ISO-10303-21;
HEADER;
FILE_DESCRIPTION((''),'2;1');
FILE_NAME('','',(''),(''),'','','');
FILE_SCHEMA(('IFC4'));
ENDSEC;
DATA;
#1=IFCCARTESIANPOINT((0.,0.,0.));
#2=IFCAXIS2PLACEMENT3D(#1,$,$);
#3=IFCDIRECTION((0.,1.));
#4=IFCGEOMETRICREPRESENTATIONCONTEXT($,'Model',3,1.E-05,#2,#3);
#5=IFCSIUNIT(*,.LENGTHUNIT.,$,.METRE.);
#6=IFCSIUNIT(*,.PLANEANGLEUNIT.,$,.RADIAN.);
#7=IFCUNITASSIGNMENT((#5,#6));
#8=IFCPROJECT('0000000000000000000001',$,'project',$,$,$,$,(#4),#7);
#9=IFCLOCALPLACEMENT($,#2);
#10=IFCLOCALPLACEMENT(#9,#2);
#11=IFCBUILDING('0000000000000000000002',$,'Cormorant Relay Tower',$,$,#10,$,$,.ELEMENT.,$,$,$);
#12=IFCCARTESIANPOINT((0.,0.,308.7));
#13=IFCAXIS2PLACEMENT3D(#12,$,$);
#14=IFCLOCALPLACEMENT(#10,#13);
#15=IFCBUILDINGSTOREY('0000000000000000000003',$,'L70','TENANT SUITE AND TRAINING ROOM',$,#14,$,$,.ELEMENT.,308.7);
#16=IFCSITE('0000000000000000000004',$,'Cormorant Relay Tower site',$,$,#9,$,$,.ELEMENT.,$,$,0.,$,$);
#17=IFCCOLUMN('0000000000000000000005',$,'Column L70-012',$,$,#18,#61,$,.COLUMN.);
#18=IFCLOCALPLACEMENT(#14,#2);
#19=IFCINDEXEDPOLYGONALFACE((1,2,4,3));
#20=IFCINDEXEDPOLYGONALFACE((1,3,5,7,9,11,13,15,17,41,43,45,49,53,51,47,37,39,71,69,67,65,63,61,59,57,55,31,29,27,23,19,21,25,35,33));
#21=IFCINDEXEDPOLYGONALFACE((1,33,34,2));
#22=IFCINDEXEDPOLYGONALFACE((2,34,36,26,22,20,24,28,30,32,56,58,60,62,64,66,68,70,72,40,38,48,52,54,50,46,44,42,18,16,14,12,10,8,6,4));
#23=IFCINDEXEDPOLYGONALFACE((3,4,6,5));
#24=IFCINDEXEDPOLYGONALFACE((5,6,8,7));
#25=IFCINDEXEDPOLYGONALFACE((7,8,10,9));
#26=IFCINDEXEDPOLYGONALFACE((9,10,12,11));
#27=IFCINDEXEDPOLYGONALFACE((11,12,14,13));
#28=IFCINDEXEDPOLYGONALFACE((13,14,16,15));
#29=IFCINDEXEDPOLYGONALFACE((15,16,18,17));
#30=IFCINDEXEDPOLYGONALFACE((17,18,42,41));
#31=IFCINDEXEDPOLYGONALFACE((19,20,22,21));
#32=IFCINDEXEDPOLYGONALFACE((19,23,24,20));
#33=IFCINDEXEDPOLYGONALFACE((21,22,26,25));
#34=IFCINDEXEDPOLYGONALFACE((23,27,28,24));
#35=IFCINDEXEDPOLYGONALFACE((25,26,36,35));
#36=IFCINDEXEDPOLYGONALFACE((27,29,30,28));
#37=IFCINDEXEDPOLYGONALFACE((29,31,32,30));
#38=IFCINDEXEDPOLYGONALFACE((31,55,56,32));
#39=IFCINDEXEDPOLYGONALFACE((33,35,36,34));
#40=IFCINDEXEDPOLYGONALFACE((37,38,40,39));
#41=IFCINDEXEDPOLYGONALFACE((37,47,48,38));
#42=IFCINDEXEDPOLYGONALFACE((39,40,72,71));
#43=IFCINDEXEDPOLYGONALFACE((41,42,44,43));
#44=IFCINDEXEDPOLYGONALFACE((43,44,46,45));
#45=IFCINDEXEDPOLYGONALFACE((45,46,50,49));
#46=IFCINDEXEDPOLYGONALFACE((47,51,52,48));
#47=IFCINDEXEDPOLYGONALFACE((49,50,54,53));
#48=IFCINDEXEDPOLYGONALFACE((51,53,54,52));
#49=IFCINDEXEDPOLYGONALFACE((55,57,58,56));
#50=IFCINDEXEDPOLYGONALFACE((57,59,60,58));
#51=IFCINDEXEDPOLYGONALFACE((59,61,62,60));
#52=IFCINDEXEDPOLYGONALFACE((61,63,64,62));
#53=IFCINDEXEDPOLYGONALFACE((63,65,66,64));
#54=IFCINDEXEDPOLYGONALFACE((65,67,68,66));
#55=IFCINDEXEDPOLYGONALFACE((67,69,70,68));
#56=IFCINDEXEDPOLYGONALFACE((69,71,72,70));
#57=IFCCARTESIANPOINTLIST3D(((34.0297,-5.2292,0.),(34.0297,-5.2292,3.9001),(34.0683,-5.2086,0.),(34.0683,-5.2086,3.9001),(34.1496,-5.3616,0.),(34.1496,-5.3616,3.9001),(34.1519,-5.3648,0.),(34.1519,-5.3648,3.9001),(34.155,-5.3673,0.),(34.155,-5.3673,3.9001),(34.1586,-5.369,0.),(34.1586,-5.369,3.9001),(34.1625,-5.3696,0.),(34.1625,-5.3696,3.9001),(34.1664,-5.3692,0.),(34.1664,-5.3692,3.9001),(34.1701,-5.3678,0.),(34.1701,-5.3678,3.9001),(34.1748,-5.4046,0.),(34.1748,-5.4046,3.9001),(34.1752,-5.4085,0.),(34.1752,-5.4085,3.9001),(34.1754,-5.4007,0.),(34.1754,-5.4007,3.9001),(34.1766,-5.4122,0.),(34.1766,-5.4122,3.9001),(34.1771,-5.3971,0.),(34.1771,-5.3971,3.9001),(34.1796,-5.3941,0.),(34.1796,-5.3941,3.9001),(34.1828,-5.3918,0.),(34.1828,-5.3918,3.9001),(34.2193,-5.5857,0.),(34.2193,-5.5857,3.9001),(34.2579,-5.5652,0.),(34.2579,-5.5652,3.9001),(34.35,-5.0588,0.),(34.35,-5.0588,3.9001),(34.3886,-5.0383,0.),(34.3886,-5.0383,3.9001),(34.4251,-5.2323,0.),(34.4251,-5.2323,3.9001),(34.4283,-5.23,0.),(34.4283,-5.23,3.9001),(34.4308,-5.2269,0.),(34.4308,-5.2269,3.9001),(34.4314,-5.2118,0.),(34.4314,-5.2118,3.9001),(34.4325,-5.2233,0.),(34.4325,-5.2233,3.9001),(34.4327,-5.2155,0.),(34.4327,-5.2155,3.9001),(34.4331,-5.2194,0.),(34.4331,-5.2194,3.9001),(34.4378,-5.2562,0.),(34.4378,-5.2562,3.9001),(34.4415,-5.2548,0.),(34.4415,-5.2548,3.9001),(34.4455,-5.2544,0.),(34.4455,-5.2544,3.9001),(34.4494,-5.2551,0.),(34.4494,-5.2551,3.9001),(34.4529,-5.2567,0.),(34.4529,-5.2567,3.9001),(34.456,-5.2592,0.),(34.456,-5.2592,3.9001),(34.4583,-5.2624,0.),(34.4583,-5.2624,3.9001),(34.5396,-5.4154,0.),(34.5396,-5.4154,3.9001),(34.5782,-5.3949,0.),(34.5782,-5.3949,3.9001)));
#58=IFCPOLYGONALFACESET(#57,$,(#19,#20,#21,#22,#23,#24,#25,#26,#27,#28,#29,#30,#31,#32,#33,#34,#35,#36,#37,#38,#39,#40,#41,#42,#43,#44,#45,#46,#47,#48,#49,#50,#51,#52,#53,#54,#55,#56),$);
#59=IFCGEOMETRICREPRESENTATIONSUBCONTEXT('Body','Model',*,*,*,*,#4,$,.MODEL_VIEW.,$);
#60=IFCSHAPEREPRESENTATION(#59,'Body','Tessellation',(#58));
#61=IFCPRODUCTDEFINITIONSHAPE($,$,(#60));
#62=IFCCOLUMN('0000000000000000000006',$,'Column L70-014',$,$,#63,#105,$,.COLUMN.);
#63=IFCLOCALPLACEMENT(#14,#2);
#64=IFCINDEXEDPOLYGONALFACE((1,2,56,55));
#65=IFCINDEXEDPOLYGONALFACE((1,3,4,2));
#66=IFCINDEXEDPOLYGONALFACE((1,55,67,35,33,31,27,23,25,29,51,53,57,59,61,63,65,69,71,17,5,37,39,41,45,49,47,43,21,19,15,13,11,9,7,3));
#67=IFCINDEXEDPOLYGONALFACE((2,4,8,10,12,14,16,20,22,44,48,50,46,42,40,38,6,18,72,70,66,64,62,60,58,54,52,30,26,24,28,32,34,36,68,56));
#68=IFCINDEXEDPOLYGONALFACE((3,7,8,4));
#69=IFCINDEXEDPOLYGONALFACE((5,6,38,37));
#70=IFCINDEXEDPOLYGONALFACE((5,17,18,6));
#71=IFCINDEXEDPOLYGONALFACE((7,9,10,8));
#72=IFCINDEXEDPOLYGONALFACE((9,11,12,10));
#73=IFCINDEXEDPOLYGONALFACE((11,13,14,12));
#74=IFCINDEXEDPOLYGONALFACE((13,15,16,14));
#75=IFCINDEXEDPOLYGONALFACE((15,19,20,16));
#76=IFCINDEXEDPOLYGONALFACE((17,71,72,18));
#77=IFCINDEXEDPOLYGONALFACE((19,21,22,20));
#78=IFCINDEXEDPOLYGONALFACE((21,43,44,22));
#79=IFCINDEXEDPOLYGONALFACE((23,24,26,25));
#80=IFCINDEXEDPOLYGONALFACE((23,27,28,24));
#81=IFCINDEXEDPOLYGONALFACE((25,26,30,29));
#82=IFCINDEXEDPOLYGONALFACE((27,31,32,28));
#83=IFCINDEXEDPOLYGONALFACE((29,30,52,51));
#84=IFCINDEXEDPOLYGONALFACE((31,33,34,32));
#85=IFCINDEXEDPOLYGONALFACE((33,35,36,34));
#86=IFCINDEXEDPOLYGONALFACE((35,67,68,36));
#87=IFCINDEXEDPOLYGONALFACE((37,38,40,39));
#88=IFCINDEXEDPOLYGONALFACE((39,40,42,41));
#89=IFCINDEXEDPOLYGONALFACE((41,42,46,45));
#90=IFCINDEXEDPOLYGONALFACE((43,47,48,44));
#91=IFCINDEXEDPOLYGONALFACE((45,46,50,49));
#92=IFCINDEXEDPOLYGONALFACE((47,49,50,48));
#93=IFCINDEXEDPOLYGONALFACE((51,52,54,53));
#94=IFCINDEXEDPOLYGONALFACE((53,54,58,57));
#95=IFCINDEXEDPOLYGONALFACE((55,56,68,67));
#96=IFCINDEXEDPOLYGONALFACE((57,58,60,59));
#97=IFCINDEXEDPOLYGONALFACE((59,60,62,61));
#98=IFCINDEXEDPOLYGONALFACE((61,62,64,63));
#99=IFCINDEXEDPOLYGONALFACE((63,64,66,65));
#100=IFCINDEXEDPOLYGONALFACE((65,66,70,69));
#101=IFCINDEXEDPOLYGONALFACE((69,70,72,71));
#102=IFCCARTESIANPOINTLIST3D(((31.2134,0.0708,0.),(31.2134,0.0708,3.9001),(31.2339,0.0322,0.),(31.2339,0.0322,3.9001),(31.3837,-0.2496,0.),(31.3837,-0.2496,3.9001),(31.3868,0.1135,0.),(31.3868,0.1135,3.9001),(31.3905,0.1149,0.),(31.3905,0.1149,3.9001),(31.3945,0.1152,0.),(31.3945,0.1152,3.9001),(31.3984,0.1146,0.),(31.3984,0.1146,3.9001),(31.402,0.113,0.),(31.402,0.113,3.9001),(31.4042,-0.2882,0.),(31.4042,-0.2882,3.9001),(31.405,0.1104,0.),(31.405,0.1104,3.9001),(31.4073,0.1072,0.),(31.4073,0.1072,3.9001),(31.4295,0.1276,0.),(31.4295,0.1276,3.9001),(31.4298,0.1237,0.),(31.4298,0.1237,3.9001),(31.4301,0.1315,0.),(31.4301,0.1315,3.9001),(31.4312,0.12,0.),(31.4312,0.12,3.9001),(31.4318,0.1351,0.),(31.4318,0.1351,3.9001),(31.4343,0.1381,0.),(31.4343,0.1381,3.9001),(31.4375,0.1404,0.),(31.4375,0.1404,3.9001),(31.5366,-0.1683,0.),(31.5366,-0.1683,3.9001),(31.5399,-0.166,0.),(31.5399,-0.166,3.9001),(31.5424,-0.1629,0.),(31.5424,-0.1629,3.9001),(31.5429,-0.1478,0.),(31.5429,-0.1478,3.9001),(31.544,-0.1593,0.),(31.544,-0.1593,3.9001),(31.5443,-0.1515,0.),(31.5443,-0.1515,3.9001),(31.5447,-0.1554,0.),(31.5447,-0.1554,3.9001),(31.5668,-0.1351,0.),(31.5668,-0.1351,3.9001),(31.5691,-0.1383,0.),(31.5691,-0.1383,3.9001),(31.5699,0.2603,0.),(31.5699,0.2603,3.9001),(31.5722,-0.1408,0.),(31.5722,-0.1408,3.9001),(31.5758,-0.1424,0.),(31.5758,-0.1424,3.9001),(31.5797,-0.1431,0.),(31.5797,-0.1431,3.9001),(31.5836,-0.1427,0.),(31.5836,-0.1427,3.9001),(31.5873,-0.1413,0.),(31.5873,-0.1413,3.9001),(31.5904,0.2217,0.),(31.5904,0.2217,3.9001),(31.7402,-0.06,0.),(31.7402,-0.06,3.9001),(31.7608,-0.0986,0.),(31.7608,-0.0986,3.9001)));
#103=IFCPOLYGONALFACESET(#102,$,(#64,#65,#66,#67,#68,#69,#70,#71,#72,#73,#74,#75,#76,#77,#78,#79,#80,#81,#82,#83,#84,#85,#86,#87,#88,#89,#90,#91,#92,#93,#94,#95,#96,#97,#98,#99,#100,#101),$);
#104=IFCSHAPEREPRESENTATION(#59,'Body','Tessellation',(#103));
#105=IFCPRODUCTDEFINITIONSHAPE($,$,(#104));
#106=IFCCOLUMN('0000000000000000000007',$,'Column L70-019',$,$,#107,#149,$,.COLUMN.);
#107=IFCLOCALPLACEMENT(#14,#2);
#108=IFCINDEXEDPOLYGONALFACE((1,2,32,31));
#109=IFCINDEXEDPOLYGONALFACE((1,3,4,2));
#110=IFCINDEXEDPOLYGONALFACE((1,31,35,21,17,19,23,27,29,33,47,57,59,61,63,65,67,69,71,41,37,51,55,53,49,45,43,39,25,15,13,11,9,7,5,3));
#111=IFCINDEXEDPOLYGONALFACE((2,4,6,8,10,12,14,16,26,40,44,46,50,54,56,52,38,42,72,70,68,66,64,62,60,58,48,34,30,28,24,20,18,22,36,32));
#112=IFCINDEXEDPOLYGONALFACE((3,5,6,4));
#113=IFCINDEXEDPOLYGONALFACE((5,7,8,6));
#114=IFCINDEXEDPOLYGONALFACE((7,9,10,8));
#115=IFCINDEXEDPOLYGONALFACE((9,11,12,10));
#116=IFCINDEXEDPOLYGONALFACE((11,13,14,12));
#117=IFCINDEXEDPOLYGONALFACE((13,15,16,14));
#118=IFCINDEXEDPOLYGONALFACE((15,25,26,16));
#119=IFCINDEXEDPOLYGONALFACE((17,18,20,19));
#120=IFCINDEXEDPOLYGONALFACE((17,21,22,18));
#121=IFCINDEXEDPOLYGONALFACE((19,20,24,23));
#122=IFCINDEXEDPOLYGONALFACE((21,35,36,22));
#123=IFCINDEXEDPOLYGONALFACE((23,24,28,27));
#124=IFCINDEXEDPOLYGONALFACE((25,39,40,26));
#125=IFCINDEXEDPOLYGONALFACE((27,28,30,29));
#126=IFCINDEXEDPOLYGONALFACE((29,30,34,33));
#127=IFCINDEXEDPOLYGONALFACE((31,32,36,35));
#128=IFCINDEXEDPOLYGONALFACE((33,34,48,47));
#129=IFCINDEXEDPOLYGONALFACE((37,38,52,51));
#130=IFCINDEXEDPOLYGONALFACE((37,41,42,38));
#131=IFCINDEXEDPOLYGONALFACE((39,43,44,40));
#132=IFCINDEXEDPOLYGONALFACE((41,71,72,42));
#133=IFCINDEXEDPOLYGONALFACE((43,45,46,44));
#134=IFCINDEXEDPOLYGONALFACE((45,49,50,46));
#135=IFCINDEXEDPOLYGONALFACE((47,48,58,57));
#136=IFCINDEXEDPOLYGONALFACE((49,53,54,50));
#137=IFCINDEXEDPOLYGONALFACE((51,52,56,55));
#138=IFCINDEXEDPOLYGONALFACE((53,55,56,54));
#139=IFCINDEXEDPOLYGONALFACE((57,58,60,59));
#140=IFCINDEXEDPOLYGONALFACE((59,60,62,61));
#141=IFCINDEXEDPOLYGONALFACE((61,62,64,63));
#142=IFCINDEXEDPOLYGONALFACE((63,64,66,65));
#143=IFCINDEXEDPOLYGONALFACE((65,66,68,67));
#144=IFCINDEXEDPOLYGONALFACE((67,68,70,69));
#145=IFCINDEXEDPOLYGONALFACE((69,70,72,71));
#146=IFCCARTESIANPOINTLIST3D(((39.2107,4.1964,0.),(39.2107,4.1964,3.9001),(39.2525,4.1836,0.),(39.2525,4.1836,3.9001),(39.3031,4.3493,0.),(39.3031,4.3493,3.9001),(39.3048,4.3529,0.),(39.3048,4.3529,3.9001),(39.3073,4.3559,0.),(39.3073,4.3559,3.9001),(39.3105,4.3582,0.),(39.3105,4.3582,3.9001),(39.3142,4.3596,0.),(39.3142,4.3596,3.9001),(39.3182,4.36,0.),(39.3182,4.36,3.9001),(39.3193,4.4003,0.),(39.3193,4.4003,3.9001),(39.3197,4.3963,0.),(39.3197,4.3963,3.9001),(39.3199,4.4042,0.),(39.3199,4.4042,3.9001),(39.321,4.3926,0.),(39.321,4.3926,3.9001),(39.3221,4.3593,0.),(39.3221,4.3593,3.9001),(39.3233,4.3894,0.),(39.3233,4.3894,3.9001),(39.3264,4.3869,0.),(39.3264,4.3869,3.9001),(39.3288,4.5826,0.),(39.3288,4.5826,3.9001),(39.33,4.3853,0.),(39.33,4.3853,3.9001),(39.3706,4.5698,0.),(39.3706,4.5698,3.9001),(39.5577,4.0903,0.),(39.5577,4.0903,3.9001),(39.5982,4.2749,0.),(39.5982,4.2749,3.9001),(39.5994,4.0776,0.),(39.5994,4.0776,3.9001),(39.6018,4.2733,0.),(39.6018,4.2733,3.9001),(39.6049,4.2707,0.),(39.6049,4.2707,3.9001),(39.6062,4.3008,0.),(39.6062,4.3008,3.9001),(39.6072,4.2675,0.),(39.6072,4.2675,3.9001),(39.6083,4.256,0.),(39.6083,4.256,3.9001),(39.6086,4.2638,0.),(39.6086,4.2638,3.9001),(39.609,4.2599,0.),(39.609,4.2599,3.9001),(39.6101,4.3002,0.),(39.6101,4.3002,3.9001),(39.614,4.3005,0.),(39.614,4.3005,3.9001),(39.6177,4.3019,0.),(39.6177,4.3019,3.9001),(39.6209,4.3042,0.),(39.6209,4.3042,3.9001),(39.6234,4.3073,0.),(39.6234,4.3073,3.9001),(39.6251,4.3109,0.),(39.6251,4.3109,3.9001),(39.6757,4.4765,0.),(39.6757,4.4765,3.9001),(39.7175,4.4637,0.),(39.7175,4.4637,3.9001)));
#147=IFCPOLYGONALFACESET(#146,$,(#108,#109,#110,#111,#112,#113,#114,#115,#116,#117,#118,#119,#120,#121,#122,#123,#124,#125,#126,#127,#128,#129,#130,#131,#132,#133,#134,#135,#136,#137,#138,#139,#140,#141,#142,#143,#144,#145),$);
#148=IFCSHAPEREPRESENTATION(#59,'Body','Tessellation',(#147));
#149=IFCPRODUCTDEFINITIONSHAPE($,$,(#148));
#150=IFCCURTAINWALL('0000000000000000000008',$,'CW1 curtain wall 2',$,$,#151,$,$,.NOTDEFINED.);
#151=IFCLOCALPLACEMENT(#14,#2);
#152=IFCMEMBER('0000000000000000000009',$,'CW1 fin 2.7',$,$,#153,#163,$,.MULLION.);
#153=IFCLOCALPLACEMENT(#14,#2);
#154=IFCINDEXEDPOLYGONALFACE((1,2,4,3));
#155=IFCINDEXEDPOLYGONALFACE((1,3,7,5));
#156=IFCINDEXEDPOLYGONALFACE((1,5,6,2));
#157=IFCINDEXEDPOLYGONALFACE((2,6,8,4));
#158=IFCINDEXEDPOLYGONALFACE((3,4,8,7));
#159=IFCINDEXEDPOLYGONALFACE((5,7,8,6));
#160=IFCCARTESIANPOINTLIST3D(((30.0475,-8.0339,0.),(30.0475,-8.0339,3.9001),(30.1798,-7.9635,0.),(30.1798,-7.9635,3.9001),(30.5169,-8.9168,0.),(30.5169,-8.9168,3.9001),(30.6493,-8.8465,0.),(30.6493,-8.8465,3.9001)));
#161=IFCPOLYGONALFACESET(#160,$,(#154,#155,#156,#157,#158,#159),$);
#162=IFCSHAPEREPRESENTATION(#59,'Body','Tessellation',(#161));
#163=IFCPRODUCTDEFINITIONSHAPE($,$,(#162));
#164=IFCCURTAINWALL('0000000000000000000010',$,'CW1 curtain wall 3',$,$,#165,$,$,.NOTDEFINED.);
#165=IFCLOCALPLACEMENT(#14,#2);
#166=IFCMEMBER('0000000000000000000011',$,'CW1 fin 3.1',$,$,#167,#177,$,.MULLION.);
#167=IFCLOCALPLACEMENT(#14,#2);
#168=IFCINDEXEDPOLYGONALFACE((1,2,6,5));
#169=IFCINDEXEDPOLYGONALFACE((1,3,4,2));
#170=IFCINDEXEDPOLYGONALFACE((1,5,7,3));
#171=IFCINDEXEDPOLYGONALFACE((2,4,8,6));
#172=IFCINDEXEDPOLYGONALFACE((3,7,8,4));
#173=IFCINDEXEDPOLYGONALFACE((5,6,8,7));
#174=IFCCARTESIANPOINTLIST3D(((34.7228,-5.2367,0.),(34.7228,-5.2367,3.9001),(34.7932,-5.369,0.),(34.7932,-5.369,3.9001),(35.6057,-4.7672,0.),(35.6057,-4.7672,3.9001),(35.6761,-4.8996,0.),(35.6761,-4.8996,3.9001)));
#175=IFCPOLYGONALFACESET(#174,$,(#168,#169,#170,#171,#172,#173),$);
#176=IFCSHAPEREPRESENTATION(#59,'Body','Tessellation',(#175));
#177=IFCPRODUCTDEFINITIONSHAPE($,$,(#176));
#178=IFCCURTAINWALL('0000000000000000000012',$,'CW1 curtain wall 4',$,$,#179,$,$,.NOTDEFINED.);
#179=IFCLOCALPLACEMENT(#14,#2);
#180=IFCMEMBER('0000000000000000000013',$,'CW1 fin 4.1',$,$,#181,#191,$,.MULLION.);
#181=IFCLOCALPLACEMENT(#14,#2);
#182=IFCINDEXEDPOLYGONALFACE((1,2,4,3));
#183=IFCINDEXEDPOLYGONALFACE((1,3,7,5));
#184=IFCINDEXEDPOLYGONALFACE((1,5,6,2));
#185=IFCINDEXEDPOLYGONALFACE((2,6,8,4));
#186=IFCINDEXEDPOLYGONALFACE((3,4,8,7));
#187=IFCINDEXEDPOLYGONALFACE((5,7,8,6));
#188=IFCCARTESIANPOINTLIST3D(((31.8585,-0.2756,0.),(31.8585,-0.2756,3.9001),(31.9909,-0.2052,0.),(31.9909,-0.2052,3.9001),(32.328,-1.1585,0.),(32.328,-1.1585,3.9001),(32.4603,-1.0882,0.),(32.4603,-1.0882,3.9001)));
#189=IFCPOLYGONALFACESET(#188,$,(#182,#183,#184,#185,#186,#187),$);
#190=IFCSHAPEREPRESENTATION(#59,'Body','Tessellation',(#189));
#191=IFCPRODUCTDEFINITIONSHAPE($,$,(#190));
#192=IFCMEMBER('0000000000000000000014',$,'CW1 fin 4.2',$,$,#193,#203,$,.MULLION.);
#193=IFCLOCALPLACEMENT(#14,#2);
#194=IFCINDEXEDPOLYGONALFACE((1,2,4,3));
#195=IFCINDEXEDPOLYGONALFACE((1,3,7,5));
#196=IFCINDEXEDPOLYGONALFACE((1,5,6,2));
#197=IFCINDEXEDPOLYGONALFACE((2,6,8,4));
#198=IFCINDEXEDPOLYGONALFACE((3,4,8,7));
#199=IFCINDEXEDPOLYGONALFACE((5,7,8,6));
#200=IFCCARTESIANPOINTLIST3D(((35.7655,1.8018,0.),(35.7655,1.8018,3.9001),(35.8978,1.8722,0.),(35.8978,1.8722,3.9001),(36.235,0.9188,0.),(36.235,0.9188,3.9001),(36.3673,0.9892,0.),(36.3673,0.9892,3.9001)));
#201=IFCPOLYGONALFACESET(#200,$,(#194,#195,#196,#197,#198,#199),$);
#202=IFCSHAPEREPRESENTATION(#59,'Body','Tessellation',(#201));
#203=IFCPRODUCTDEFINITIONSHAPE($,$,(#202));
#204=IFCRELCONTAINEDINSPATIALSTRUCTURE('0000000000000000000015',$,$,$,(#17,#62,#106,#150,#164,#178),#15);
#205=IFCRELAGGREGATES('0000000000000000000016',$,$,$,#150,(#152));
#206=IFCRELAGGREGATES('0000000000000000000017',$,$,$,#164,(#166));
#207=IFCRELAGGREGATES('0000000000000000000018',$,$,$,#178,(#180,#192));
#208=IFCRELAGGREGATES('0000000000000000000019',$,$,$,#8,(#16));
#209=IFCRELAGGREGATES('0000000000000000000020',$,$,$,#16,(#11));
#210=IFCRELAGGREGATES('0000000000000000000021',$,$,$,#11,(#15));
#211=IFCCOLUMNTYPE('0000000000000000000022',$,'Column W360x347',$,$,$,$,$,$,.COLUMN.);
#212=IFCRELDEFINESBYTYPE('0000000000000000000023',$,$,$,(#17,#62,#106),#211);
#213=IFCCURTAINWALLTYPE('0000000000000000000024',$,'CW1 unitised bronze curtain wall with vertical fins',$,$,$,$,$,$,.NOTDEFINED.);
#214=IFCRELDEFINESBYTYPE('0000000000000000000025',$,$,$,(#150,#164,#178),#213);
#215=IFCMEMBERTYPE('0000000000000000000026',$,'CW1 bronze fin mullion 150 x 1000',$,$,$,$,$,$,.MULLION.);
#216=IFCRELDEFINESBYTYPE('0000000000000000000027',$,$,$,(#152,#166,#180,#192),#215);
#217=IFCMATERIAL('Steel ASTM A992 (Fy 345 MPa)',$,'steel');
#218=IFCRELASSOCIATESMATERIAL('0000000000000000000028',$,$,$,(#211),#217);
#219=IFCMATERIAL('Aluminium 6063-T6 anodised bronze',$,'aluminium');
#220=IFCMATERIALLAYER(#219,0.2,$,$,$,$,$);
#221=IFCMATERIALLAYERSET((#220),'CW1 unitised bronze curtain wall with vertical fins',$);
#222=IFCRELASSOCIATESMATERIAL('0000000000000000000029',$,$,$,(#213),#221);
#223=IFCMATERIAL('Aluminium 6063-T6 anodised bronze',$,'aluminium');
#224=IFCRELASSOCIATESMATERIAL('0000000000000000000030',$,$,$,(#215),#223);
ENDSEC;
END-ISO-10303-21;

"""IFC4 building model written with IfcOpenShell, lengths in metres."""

from ifc_helpers import new_model, si_unit, direction, frame, origin, origin_2d, place, context, subcontext, project, spatial, rectangle, i_section, extrude, material, layer, layer_set, material_profile, profile_set, type_object, element, aggregate, save


model = new_model("IFC4")

# Units and contexts
model_context = context("Model", 3, precision=1e-05, world=origin(), true_north=direction((0.0, 1.0)))
body_context = subcontext(model_context, "Body", "Model", "MODEL_VIEW")
ifc_project = project(units=[si_unit("LENGTHUNIT", "METRE"), si_unit("PLANEANGLEUNIT", "RADIAN")], contexts=[model_context])

# Site, building, storey
site_placement = place(None, origin())
site = spatial("IfcSite", under=ifc_project, at=site_placement, Name="Cormorant Relay Tower site", CompositionType="ELEMENT", RefElevation=0.0)
building_placement = place(site_placement, origin())
building = spatial("IfcBuilding", under=site, at=building_placement, Name="Cormorant Relay Tower", CompositionType="ELEMENT")
storey_placement = place(building_placement, frame((0.0, 0.0, 308.7)))
storey = spatial("IfcBuildingStorey", under=building, at=storey_placement, Name="L70", Description="TENANT SUITE AND TRAINING ROOM", CompositionType="ELEMENT", Elevation=308.7)

# Columns
ifc_material_1 = material(Name="Steel ASTM A992 (Fy 345 MPa)", Category="steel")
ifc_material_profile_1 = material_profile(ifc_material_1, i_section(OverallWidth=0.4038, OverallDepth=0.4065, WebThickness=0.0271, FlangeThickness=0.0437, FilletRadius=0.0151, at=origin_2d()), Name="W360x347")
ifc_profile_set_1 = profile_set([ifc_material_profile_1], Name="Steel ASTM A992 (Fy 345 MPa)")
column_type = type_object("IfcColumnType", Name="Column W360x347", PredefinedType="COLUMN", material=ifc_profile_set_1)
for number, where, z_axis, x_axis, name in (
    (1, (34.304, -5.312, 0.0), (0.0, 0.0, 1.0), (-0.469472, 0.882948, 0.0), "Column L70-012"),
    (2, (31.4871, -0.0139, 0.0), (0.0, 0.0, 1.0), (0.882948, 0.469472, 0.0), "Column L70-014"),
    (3, (39.4641, 4.3301, 0.0), (0.0, 0.0, 1.0), (0.292372, 0.956305, 0.0), "Column L70-019"),
):
    element("IfcColumn", number, at=place(storey_placement, frame(where, z_axis=z_axis, x_axis=x_axis)), inside=storey, type_object=column_type, Name=name, PredefinedType="COLUMN", context=body_context, shape_type="SweptSolid", body=[
        extrude(i_section(OverallWidth=0.4038, OverallDepth=0.4065, WebThickness=0.0271, FlangeThickness=0.0437, FilletRadius=0.0151, at=origin_2d()), origin(), (0.0, 0.0, 1.0), 3.9001),
    ])

# Curtain walls, members
ifc_material_2 = material(Name="Aluminium 6063-T6 anodised bronze", Category="aluminium")
ifc_layer_1 = layer(ifc_material_2, 0.2)
ifc_layer_set_1 = layer_set([ifc_layer_1], Name="CW1 unitised bronze curtain wall with vertical fins")
curtain_wall_type = type_object("IfcCurtainWallType", Name="CW1 unitised bronze curtain wall with vertical fins", PredefinedType="NOTDEFINED", material=ifc_layer_set_1)
curtain_wall_1_placement = place(storey_placement, origin())
curtain_wall_1 = element("IfcCurtainWall", 4, at=curtain_wall_1_placement, inside=storey, type_object=curtain_wall_type, Name="CW1 curtain wall 2", PredefinedType="NOTDEFINED")
ifc_material_3 = material(Name="Aluminium 6063-T6 anodised bronze", Category="aluminium")
ifc_material_profile_2 = material_profile(ifc_material_3, rectangle(XDim=0.1499, YDim=1.0, at=origin_2d()), Name="AL 150x1000")
ifc_profile_set_2 = profile_set([ifc_material_profile_2], Name="Aluminium 6063-T6 anodised bronze")
member_type_1 = type_object("IfcMemberType", Name="CW1 bronze fin mullion 150 x 1000", PredefinedType="MULLION", material=ifc_profile_set_2)
member_1_placement = place(storey_placement, frame((30.3484, -8.4402, 0.0), z_axis=(0.0, 0.0, 1.0), x_axis=(0.882948, 0.469472, 0.0)))
member_1 = element("IfcMember", 5, at=member_1_placement, type_object=member_type_1, Name="CW1 fin 2.7", PredefinedType="MULLION", context=body_context, shape_type="SweptSolid", body=[
    extrude(rectangle(XDim=0.1499, YDim=1.0, at=origin_2d()), origin(), (0.0, 0.0, 1.0), 3.9001),
])
curtain_wall_2_placement = place(storey_placement, origin())
curtain_wall_2 = element("IfcCurtainWall", 6, at=curtain_wall_2_placement, inside=storey, type_object=curtain_wall_type, Name="CW1 curtain wall 3", PredefinedType="NOTDEFINED")
member_2_placement = place(storey_placement, frame((35.1995, -5.0681, 0.0), z_axis=(0.0, 0.0, 1.0), x_axis=(-0.469472, 0.882948, 0.0)))
member_2 = element("IfcMember", 7, at=member_2_placement, type_object=member_type_1, Name="CW1 fin 3.1", PredefinedType="MULLION", context=body_context, shape_type="SweptSolid", body=[
    extrude(rectangle(XDim=0.1499, YDim=1.0, at=origin_2d()), origin(), (0.0, 0.0, 1.0), 3.9001),
])

# Curtain wall, members
curtain_wall_3_placement = place(storey_placement, origin())
curtain_wall_3 = element("IfcCurtainWall", 8, at=curtain_wall_3_placement, inside=storey, type_object=curtain_wall_type, Name="CW1 curtain wall 4", PredefinedType="NOTDEFINED")
member_3_placement = place(storey_placement, frame((32.1594, -0.6819, 0.0), z_axis=(0.0, 0.0, 1.0), x_axis=(0.882948, 0.469472, 0.0)))
member_3 = element("IfcMember", 9, at=member_3_placement, type_object=member_type_1, Name="CW1 fin 4.1", PredefinedType="MULLION", context=body_context, shape_type="SweptSolid", body=[
    extrude(rectangle(XDim=0.1499, YDim=1.0, at=origin_2d()), origin(), (0.0, 0.0, 1.0), 3.9001),
])
member_4_placement = place(storey_placement, frame((36.0664, 1.3955, 0.0), z_axis=(0.0, 0.0, 1.0), x_axis=(0.882948, 0.469472, 0.0)))
member_4 = element("IfcMember", 10, at=member_4_placement, type_object=member_type_1, Name="CW1 fin 4.2", PredefinedType="MULLION", context=body_context, shape_type="SweptSolid", body=[
    extrude(rectangle(XDim=0.1499, YDim=1.0, at=origin_2d()), origin(), (0.0, 0.0, 1.0), 3.9001),
])

aggregate(curtain_wall_1, [member_1])
aggregate(curtain_wall_2, [member_2])
aggregate(curtain_wall_3, [member_3, member_4])

save(model, "model.ifc")
